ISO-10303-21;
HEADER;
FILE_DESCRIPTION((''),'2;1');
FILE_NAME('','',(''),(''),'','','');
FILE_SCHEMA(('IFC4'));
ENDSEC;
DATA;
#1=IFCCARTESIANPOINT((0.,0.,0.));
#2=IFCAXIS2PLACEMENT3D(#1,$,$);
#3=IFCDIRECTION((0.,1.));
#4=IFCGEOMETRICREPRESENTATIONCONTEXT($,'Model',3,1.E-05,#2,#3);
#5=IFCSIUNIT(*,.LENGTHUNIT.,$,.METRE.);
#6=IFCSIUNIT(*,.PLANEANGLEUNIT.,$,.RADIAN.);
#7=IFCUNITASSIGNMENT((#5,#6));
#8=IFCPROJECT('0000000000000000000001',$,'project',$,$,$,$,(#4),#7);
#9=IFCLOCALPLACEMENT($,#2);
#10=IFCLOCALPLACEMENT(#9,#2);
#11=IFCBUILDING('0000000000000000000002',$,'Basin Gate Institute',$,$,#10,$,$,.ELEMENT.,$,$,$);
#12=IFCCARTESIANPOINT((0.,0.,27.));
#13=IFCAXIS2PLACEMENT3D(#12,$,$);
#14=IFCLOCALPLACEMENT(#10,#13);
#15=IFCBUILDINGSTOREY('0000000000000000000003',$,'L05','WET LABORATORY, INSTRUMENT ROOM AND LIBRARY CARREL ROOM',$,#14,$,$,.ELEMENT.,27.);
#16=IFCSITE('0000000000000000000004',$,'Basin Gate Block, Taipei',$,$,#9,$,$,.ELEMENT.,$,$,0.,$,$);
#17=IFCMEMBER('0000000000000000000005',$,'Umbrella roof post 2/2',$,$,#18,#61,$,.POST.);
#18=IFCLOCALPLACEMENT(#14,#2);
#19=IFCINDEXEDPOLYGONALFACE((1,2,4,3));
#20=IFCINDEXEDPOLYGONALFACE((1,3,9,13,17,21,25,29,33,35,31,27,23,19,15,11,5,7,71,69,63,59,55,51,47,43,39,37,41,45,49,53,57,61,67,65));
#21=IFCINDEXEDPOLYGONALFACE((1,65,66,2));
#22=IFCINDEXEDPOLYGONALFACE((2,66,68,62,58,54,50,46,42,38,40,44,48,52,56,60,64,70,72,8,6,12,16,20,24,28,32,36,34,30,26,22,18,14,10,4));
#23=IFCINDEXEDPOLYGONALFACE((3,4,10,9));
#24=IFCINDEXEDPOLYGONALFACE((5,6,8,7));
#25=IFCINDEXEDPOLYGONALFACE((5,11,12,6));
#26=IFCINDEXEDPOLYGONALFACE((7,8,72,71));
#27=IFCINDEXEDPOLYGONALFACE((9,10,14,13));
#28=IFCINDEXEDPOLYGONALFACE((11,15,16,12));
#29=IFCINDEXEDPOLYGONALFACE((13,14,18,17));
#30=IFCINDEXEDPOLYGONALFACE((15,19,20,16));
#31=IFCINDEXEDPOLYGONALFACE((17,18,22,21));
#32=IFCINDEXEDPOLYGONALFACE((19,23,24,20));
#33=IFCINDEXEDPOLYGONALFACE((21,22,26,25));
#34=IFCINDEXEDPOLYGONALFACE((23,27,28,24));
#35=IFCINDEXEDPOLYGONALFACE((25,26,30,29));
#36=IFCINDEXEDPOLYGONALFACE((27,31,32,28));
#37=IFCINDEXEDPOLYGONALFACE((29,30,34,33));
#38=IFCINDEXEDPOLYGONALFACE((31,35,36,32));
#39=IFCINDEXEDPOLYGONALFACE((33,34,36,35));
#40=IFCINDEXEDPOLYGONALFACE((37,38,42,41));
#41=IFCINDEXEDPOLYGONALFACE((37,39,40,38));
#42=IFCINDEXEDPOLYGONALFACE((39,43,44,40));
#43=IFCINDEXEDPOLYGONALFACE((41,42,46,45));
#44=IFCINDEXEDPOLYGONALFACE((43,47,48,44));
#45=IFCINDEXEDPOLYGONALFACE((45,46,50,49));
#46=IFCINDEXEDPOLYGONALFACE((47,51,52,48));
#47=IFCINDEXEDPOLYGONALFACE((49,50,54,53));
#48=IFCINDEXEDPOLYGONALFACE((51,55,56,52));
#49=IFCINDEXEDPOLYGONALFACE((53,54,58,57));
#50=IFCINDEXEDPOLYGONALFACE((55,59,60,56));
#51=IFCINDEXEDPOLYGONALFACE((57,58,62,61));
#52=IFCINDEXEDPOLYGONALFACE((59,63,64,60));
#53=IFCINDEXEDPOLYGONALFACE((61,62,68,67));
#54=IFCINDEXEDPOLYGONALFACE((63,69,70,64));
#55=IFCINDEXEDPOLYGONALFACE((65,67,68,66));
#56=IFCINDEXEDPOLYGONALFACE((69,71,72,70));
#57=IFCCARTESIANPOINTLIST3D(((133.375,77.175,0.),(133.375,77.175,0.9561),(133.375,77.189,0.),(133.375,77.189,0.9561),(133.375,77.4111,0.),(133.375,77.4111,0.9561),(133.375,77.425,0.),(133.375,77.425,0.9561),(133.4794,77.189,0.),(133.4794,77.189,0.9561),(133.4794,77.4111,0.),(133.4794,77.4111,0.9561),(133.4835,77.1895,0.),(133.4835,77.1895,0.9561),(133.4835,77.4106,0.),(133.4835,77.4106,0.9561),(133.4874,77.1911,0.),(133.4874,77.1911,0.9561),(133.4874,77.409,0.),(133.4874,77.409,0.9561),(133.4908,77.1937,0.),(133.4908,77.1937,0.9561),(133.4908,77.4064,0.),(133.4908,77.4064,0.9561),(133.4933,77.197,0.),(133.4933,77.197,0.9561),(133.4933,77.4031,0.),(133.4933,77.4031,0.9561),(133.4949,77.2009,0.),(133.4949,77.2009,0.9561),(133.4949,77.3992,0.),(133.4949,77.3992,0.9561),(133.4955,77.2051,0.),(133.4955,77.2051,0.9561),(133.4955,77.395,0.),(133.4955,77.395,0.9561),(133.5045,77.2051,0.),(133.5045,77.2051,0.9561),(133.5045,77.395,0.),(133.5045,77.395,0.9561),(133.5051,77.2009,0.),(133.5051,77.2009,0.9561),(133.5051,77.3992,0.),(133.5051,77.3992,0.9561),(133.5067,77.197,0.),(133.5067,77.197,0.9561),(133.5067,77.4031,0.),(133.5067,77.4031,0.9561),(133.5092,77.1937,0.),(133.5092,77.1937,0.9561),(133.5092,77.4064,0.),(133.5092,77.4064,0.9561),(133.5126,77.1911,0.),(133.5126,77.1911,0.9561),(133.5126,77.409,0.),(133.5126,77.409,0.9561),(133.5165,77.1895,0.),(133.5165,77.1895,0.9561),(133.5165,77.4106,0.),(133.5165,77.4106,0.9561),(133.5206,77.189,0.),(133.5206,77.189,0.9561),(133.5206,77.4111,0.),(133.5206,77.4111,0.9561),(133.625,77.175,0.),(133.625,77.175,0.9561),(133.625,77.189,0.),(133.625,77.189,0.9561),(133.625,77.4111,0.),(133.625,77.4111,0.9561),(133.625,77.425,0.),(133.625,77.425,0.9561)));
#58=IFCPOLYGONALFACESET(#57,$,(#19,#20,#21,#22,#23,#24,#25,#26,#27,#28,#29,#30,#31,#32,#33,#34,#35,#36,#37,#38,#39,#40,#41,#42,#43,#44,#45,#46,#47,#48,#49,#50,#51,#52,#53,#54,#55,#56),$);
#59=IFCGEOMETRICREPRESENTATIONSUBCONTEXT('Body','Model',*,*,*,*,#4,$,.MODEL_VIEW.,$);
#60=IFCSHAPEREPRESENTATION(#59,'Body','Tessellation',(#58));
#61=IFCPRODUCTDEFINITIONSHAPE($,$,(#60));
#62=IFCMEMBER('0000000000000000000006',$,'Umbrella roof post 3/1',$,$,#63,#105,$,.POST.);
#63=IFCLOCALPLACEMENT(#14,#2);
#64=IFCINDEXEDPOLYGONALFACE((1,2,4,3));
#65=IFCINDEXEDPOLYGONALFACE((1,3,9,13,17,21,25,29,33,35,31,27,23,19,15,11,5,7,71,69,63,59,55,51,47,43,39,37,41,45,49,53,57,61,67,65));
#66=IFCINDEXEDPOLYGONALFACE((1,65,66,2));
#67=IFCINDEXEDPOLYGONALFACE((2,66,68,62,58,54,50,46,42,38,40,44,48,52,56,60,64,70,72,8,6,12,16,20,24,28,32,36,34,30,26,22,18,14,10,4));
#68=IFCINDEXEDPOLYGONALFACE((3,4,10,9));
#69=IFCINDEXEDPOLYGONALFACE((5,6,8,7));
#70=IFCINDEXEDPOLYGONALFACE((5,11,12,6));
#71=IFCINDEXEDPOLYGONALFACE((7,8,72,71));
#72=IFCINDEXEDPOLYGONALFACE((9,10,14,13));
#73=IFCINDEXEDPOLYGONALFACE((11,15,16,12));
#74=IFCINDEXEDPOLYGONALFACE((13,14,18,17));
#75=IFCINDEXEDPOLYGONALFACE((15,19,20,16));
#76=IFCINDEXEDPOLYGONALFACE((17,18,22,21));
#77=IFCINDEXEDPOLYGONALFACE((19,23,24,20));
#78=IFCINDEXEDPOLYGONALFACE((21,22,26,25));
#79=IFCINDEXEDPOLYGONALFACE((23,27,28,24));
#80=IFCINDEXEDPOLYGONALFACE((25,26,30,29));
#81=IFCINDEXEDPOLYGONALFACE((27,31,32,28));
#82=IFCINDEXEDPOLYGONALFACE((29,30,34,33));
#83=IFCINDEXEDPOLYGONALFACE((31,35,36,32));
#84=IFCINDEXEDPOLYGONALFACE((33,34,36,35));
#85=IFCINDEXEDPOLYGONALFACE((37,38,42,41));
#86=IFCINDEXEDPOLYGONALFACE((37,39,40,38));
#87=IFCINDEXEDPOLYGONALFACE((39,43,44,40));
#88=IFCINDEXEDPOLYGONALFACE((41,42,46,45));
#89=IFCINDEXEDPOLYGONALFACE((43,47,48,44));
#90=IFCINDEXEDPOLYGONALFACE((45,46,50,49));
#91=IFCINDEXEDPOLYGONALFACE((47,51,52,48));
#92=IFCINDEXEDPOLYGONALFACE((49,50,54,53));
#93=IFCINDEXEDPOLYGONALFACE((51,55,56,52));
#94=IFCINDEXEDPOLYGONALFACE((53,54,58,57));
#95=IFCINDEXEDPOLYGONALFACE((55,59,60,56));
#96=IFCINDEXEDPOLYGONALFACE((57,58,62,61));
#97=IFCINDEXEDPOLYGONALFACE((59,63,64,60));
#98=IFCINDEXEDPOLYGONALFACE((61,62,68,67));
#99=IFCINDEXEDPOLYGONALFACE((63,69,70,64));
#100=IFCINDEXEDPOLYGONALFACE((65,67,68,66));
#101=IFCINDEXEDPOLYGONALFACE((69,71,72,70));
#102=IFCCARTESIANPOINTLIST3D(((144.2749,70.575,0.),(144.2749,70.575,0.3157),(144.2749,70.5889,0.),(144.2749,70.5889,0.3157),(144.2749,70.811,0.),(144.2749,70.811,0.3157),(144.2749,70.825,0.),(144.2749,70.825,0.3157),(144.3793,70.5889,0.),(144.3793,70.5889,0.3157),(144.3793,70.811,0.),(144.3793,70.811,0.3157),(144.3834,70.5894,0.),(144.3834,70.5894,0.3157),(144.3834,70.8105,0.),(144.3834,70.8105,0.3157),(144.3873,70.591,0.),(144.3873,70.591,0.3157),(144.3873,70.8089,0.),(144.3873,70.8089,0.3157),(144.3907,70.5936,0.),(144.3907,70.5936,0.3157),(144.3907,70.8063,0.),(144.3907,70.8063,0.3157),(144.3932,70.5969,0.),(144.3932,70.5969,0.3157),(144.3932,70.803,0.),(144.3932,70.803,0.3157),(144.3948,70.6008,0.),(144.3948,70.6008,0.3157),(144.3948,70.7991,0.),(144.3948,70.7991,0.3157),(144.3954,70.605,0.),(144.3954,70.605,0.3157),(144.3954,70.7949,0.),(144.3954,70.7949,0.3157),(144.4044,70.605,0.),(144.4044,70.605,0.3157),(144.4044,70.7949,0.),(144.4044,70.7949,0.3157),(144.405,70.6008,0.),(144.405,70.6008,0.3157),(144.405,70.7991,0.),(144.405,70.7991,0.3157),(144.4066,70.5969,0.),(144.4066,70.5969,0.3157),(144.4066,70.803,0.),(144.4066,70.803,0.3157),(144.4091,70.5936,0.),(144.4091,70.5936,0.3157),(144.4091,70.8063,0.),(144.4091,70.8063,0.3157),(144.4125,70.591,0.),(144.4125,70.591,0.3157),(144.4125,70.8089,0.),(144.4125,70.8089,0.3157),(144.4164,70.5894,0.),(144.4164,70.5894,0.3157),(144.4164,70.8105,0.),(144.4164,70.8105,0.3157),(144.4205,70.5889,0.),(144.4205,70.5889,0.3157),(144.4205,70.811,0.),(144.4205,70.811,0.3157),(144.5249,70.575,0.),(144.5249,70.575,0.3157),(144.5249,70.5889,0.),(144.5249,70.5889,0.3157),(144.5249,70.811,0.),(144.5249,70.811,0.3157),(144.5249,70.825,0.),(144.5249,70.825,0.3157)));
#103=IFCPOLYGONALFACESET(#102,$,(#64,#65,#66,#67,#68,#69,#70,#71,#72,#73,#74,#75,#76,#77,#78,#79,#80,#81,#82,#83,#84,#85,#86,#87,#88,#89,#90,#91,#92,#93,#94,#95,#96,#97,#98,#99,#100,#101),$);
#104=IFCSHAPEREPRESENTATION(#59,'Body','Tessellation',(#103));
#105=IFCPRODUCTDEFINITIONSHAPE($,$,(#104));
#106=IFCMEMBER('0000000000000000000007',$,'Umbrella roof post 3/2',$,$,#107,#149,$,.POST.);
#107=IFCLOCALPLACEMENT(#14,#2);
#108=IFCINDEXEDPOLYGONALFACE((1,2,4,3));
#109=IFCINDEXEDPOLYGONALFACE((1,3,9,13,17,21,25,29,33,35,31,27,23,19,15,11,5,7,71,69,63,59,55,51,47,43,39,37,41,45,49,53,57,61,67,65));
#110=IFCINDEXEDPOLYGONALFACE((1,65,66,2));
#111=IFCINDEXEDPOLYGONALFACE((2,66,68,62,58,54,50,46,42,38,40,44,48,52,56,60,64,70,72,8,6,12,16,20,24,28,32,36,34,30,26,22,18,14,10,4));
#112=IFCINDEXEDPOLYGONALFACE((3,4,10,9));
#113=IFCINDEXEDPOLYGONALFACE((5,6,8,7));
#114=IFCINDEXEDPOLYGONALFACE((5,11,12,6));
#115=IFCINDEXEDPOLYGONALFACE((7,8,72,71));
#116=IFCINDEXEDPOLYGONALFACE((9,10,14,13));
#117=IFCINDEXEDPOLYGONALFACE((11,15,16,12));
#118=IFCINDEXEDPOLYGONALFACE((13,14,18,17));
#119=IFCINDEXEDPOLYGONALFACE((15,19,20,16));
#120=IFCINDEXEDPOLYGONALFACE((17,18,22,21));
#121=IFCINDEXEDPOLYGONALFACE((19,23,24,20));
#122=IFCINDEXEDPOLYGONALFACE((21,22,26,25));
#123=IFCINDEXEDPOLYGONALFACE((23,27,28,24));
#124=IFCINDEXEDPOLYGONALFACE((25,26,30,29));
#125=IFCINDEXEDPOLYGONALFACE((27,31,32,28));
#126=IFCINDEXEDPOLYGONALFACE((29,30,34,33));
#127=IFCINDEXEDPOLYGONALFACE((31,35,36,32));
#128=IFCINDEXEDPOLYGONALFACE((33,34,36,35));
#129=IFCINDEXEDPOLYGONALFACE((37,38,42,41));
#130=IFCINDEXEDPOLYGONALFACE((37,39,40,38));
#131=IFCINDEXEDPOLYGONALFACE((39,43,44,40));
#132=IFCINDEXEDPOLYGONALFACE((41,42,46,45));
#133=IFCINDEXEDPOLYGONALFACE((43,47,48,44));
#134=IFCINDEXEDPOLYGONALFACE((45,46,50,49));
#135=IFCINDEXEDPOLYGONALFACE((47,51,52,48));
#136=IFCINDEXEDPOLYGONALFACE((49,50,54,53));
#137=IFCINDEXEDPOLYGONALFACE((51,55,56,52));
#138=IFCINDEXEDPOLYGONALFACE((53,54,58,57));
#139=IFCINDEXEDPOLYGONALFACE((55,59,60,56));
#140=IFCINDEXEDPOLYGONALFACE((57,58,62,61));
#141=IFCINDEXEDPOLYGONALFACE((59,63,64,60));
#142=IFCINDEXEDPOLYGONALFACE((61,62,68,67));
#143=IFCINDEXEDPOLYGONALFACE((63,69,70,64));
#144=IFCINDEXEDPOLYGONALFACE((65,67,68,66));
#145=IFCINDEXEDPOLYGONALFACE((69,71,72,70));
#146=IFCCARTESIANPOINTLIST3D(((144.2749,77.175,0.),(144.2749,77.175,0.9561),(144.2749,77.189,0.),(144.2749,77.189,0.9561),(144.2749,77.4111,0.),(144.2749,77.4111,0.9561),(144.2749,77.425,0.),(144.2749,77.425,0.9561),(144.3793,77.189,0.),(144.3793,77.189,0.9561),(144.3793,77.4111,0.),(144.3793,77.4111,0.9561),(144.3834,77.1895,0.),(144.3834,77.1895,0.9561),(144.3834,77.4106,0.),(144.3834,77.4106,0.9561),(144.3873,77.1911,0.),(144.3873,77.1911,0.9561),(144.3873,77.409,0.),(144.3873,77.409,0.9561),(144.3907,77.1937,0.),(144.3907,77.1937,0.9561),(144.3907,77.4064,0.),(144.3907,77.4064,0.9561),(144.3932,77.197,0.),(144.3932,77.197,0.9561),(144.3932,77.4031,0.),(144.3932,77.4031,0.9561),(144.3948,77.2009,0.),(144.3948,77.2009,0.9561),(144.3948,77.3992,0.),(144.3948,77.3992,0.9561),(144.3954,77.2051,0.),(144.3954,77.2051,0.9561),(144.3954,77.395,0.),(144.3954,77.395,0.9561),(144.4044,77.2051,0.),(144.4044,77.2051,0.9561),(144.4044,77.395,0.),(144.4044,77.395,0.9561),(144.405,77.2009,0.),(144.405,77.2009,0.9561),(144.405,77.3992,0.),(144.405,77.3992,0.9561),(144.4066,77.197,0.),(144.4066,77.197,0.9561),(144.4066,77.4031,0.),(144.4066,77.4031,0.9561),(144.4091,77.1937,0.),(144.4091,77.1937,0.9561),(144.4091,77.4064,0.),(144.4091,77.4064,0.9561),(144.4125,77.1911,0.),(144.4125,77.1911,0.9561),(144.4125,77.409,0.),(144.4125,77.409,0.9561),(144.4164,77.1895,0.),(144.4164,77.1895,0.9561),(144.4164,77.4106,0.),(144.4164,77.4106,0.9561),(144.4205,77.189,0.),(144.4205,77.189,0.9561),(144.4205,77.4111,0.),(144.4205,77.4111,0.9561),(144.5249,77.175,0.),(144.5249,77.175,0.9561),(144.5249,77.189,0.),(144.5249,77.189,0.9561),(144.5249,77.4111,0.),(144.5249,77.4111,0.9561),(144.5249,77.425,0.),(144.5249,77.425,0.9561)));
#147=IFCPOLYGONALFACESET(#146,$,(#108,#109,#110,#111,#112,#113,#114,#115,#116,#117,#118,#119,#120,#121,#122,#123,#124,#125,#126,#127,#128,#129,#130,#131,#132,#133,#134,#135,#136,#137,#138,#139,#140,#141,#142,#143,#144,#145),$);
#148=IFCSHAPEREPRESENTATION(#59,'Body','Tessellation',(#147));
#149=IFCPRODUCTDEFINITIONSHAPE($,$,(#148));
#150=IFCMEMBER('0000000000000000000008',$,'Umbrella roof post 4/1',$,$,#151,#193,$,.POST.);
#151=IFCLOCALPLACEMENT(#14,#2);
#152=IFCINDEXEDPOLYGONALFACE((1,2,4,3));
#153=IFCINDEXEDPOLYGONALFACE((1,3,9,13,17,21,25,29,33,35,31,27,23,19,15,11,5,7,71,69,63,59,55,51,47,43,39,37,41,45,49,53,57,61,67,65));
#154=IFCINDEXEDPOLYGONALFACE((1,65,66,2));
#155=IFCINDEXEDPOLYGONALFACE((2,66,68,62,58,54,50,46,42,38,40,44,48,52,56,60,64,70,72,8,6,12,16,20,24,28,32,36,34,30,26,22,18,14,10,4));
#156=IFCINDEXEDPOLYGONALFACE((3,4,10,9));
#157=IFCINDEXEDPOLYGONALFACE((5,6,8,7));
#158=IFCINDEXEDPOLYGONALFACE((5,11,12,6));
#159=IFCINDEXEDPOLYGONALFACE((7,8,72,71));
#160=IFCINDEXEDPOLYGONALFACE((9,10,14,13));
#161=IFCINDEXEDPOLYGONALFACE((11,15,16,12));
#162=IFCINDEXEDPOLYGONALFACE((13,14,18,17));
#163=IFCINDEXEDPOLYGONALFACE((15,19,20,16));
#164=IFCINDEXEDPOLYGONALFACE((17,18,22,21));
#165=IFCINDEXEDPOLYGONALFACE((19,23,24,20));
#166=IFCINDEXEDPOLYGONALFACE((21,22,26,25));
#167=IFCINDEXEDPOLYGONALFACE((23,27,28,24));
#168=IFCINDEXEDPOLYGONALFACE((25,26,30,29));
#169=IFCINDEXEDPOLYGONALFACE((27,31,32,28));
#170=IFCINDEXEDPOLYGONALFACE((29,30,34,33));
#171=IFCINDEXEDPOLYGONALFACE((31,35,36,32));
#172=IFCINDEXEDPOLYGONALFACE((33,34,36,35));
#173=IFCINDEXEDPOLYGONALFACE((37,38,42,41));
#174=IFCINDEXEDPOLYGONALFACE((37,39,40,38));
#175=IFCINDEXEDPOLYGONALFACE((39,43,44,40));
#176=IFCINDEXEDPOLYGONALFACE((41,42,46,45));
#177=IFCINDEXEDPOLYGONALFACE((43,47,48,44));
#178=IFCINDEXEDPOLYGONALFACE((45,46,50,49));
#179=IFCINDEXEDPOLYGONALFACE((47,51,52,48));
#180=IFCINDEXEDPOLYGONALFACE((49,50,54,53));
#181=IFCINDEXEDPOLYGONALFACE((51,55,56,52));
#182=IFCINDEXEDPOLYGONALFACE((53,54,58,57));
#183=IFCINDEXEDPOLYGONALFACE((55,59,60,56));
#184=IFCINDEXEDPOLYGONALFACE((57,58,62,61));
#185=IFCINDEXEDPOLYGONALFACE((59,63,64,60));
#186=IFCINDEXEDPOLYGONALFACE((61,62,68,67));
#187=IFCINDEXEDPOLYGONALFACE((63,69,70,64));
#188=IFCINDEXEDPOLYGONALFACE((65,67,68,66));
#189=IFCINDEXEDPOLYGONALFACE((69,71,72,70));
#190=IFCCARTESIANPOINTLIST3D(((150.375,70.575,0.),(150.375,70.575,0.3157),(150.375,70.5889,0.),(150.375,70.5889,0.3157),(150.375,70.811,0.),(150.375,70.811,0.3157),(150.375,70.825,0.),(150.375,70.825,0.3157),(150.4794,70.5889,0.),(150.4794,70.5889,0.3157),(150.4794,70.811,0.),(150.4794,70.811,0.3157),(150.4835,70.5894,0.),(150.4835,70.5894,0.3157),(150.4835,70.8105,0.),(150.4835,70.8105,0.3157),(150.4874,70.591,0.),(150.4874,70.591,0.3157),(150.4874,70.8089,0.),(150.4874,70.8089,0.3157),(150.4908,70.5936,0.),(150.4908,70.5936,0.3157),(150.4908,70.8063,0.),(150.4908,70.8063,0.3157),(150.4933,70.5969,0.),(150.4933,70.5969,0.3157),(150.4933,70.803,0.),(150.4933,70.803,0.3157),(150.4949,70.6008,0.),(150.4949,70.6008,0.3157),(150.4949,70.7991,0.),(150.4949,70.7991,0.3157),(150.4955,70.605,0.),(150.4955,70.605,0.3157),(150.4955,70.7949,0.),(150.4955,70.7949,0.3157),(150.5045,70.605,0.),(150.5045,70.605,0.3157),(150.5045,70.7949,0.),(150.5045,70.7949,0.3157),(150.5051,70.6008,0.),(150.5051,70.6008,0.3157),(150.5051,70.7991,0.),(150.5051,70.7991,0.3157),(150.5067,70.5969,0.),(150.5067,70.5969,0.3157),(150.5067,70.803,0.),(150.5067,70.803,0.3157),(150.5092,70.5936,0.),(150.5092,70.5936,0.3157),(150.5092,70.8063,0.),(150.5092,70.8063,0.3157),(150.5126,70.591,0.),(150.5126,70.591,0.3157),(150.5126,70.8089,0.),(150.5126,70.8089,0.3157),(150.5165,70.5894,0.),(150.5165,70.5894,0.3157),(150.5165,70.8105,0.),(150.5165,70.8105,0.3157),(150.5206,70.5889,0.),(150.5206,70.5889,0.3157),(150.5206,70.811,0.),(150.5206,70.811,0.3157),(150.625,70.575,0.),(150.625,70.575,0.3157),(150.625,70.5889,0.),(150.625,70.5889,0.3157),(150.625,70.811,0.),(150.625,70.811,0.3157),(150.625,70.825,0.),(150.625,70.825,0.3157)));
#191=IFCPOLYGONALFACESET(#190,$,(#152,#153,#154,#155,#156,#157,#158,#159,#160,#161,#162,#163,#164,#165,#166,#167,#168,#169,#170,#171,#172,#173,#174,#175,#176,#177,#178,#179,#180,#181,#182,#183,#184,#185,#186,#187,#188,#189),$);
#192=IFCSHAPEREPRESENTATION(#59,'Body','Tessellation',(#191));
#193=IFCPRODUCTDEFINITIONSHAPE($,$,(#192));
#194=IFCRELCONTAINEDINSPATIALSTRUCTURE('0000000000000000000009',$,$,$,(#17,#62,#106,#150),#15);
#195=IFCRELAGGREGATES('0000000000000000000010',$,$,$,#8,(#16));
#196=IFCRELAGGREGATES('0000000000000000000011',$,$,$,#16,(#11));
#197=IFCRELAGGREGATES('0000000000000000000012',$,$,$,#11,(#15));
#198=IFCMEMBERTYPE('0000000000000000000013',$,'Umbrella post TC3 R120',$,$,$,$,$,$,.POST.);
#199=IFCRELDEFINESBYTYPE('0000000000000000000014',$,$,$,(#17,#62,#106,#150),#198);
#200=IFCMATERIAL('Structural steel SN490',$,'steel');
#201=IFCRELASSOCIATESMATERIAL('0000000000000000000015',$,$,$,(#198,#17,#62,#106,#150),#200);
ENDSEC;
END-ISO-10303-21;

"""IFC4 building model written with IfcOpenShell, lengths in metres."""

from ifc_helpers import new_model, si_unit, direction, frame, origin, origin_2d, place, context, subcontext, project, spatial, i_section, extrude, material, material_profile, profile_set, type_object, element, save


model = new_model("IFC4")

# Units and contexts
model_context = context("Model", 3, precision=1e-05, world=origin(), true_north=direction((0.0, 1.0)))
body_context = subcontext(model_context, "Body", "Model", "MODEL_VIEW")
ifc_project = project(units=[si_unit("LENGTHUNIT", "METRE"), si_unit("PLANEANGLEUNIT", "RADIAN")], contexts=[model_context])

# Site, building, storey
site_placement = place(None, origin())
site = spatial("IfcSite", under=ifc_project, at=site_placement, Name="Basin Gate Block, Taipei", CompositionType="ELEMENT", RefElevation=0.0)
building_placement = place(site_placement, origin())
building = spatial("IfcBuilding", under=site, at=building_placement, Name="Basin Gate Institute", CompositionType="ELEMENT")
storey_placement = place(building_placement, frame((0.0, 0.0, 27.0)))
storey = spatial("IfcBuildingStorey", under=building, at=storey_placement, Name="L05", Description="WET LABORATORY, INSTRUMENT ROOM AND LIBRARY CARREL ROOM", CompositionType="ELEMENT", Elevation=27.0)

# Members
ifc_material_1 = material(Name="Structural steel SN490", Category="steel")
ifc_material_profile_1 = material_profile(ifc_material_1, i_section(OverallWidth=0.25, OverallDepth=0.25, WebThickness=0.009, FlangeThickness=0.0139, FilletRadius=0.0161, at=origin_2d()), Name="H250x250")
ifc_profile_set_1 = profile_set([ifc_material_profile_1], Name="Structural steel SN490")
member_type_1 = type_object("IfcMemberType", Name="Umbrella post TC3 R120", PredefinedType="POST", material=ifc_profile_set_1)
member_1_placement = place(storey_placement, frame((133.5, 77.3, 0.0), z_axis=(0.0, 0.0, 1.0), x_axis=(1.0, 0.0, 0.0)))
element("IfcMember", 1, at=member_1_placement, inside=storey, type_object=member_type_1, material=ifc_profile_set_1, Name="Umbrella roof post 2/2", PredefinedType="POST", context=body_context, shape_type="SweptSolid", body=[
    extrude(i_section(OverallWidth=0.25, OverallDepth=0.25, WebThickness=0.009, FlangeThickness=0.0139, FilletRadius=0.0161, at=origin_2d()), origin(), (0.0, 0.0, 1.0), 0.9561),
])
member_2_placement = place(storey_placement, frame((144.3999, 70.7, 0.0), z_axis=(0.0, 0.0, 1.0), x_axis=(1.0, 0.0, 0.0)))
element("IfcMember", 2, at=member_2_placement, inside=storey, type_object=member_type_1, material=ifc_profile_set_1, Name="Umbrella roof post 3/1", PredefinedType="POST", context=body_context, shape_type="SweptSolid", body=[
    extrude(i_section(OverallWidth=0.25, OverallDepth=0.25, WebThickness=0.009, FlangeThickness=0.0139, FilletRadius=0.0161, at=origin_2d()), origin(), (0.0, 0.0, 1.0), 0.3157),
])
member_3_placement = place(storey_placement, frame((144.3999, 77.3, 0.0), z_axis=(0.0, 0.0, 1.0), x_axis=(1.0, 0.0, 0.0)))
element("IfcMember", 3, at=member_3_placement, inside=storey, type_object=member_type_1, material=ifc_profile_set_1, Name="Umbrella roof post 3/2", PredefinedType="POST", context=body_context, shape_type="SweptSolid", body=[
    extrude(i_section(OverallWidth=0.25, OverallDepth=0.25, WebThickness=0.009, FlangeThickness=0.0139, FilletRadius=0.0161, at=origin_2d()), origin(), (0.0, 0.0, 1.0), 0.9561),
])
member_4_placement = place(storey_placement, frame((150.5, 70.7, 0.0), z_axis=(0.0, 0.0, 1.0), x_axis=(1.0, 0.0, 0.0)))
element("IfcMember", 4, at=member_4_placement, inside=storey, type_object=member_type_1, material=ifc_profile_set_1, Name="Umbrella roof post 4/1", PredefinedType="POST", context=body_context, shape_type="SweptSolid", body=[
    extrude(i_section(OverallWidth=0.25, OverallDepth=0.25, WebThickness=0.009, FlangeThickness=0.0139, FilletRadius=0.0161, at=origin_2d()), origin(), (0.0, 0.0, 1.0), 0.3157),
])

save(model, "model.ifc")
